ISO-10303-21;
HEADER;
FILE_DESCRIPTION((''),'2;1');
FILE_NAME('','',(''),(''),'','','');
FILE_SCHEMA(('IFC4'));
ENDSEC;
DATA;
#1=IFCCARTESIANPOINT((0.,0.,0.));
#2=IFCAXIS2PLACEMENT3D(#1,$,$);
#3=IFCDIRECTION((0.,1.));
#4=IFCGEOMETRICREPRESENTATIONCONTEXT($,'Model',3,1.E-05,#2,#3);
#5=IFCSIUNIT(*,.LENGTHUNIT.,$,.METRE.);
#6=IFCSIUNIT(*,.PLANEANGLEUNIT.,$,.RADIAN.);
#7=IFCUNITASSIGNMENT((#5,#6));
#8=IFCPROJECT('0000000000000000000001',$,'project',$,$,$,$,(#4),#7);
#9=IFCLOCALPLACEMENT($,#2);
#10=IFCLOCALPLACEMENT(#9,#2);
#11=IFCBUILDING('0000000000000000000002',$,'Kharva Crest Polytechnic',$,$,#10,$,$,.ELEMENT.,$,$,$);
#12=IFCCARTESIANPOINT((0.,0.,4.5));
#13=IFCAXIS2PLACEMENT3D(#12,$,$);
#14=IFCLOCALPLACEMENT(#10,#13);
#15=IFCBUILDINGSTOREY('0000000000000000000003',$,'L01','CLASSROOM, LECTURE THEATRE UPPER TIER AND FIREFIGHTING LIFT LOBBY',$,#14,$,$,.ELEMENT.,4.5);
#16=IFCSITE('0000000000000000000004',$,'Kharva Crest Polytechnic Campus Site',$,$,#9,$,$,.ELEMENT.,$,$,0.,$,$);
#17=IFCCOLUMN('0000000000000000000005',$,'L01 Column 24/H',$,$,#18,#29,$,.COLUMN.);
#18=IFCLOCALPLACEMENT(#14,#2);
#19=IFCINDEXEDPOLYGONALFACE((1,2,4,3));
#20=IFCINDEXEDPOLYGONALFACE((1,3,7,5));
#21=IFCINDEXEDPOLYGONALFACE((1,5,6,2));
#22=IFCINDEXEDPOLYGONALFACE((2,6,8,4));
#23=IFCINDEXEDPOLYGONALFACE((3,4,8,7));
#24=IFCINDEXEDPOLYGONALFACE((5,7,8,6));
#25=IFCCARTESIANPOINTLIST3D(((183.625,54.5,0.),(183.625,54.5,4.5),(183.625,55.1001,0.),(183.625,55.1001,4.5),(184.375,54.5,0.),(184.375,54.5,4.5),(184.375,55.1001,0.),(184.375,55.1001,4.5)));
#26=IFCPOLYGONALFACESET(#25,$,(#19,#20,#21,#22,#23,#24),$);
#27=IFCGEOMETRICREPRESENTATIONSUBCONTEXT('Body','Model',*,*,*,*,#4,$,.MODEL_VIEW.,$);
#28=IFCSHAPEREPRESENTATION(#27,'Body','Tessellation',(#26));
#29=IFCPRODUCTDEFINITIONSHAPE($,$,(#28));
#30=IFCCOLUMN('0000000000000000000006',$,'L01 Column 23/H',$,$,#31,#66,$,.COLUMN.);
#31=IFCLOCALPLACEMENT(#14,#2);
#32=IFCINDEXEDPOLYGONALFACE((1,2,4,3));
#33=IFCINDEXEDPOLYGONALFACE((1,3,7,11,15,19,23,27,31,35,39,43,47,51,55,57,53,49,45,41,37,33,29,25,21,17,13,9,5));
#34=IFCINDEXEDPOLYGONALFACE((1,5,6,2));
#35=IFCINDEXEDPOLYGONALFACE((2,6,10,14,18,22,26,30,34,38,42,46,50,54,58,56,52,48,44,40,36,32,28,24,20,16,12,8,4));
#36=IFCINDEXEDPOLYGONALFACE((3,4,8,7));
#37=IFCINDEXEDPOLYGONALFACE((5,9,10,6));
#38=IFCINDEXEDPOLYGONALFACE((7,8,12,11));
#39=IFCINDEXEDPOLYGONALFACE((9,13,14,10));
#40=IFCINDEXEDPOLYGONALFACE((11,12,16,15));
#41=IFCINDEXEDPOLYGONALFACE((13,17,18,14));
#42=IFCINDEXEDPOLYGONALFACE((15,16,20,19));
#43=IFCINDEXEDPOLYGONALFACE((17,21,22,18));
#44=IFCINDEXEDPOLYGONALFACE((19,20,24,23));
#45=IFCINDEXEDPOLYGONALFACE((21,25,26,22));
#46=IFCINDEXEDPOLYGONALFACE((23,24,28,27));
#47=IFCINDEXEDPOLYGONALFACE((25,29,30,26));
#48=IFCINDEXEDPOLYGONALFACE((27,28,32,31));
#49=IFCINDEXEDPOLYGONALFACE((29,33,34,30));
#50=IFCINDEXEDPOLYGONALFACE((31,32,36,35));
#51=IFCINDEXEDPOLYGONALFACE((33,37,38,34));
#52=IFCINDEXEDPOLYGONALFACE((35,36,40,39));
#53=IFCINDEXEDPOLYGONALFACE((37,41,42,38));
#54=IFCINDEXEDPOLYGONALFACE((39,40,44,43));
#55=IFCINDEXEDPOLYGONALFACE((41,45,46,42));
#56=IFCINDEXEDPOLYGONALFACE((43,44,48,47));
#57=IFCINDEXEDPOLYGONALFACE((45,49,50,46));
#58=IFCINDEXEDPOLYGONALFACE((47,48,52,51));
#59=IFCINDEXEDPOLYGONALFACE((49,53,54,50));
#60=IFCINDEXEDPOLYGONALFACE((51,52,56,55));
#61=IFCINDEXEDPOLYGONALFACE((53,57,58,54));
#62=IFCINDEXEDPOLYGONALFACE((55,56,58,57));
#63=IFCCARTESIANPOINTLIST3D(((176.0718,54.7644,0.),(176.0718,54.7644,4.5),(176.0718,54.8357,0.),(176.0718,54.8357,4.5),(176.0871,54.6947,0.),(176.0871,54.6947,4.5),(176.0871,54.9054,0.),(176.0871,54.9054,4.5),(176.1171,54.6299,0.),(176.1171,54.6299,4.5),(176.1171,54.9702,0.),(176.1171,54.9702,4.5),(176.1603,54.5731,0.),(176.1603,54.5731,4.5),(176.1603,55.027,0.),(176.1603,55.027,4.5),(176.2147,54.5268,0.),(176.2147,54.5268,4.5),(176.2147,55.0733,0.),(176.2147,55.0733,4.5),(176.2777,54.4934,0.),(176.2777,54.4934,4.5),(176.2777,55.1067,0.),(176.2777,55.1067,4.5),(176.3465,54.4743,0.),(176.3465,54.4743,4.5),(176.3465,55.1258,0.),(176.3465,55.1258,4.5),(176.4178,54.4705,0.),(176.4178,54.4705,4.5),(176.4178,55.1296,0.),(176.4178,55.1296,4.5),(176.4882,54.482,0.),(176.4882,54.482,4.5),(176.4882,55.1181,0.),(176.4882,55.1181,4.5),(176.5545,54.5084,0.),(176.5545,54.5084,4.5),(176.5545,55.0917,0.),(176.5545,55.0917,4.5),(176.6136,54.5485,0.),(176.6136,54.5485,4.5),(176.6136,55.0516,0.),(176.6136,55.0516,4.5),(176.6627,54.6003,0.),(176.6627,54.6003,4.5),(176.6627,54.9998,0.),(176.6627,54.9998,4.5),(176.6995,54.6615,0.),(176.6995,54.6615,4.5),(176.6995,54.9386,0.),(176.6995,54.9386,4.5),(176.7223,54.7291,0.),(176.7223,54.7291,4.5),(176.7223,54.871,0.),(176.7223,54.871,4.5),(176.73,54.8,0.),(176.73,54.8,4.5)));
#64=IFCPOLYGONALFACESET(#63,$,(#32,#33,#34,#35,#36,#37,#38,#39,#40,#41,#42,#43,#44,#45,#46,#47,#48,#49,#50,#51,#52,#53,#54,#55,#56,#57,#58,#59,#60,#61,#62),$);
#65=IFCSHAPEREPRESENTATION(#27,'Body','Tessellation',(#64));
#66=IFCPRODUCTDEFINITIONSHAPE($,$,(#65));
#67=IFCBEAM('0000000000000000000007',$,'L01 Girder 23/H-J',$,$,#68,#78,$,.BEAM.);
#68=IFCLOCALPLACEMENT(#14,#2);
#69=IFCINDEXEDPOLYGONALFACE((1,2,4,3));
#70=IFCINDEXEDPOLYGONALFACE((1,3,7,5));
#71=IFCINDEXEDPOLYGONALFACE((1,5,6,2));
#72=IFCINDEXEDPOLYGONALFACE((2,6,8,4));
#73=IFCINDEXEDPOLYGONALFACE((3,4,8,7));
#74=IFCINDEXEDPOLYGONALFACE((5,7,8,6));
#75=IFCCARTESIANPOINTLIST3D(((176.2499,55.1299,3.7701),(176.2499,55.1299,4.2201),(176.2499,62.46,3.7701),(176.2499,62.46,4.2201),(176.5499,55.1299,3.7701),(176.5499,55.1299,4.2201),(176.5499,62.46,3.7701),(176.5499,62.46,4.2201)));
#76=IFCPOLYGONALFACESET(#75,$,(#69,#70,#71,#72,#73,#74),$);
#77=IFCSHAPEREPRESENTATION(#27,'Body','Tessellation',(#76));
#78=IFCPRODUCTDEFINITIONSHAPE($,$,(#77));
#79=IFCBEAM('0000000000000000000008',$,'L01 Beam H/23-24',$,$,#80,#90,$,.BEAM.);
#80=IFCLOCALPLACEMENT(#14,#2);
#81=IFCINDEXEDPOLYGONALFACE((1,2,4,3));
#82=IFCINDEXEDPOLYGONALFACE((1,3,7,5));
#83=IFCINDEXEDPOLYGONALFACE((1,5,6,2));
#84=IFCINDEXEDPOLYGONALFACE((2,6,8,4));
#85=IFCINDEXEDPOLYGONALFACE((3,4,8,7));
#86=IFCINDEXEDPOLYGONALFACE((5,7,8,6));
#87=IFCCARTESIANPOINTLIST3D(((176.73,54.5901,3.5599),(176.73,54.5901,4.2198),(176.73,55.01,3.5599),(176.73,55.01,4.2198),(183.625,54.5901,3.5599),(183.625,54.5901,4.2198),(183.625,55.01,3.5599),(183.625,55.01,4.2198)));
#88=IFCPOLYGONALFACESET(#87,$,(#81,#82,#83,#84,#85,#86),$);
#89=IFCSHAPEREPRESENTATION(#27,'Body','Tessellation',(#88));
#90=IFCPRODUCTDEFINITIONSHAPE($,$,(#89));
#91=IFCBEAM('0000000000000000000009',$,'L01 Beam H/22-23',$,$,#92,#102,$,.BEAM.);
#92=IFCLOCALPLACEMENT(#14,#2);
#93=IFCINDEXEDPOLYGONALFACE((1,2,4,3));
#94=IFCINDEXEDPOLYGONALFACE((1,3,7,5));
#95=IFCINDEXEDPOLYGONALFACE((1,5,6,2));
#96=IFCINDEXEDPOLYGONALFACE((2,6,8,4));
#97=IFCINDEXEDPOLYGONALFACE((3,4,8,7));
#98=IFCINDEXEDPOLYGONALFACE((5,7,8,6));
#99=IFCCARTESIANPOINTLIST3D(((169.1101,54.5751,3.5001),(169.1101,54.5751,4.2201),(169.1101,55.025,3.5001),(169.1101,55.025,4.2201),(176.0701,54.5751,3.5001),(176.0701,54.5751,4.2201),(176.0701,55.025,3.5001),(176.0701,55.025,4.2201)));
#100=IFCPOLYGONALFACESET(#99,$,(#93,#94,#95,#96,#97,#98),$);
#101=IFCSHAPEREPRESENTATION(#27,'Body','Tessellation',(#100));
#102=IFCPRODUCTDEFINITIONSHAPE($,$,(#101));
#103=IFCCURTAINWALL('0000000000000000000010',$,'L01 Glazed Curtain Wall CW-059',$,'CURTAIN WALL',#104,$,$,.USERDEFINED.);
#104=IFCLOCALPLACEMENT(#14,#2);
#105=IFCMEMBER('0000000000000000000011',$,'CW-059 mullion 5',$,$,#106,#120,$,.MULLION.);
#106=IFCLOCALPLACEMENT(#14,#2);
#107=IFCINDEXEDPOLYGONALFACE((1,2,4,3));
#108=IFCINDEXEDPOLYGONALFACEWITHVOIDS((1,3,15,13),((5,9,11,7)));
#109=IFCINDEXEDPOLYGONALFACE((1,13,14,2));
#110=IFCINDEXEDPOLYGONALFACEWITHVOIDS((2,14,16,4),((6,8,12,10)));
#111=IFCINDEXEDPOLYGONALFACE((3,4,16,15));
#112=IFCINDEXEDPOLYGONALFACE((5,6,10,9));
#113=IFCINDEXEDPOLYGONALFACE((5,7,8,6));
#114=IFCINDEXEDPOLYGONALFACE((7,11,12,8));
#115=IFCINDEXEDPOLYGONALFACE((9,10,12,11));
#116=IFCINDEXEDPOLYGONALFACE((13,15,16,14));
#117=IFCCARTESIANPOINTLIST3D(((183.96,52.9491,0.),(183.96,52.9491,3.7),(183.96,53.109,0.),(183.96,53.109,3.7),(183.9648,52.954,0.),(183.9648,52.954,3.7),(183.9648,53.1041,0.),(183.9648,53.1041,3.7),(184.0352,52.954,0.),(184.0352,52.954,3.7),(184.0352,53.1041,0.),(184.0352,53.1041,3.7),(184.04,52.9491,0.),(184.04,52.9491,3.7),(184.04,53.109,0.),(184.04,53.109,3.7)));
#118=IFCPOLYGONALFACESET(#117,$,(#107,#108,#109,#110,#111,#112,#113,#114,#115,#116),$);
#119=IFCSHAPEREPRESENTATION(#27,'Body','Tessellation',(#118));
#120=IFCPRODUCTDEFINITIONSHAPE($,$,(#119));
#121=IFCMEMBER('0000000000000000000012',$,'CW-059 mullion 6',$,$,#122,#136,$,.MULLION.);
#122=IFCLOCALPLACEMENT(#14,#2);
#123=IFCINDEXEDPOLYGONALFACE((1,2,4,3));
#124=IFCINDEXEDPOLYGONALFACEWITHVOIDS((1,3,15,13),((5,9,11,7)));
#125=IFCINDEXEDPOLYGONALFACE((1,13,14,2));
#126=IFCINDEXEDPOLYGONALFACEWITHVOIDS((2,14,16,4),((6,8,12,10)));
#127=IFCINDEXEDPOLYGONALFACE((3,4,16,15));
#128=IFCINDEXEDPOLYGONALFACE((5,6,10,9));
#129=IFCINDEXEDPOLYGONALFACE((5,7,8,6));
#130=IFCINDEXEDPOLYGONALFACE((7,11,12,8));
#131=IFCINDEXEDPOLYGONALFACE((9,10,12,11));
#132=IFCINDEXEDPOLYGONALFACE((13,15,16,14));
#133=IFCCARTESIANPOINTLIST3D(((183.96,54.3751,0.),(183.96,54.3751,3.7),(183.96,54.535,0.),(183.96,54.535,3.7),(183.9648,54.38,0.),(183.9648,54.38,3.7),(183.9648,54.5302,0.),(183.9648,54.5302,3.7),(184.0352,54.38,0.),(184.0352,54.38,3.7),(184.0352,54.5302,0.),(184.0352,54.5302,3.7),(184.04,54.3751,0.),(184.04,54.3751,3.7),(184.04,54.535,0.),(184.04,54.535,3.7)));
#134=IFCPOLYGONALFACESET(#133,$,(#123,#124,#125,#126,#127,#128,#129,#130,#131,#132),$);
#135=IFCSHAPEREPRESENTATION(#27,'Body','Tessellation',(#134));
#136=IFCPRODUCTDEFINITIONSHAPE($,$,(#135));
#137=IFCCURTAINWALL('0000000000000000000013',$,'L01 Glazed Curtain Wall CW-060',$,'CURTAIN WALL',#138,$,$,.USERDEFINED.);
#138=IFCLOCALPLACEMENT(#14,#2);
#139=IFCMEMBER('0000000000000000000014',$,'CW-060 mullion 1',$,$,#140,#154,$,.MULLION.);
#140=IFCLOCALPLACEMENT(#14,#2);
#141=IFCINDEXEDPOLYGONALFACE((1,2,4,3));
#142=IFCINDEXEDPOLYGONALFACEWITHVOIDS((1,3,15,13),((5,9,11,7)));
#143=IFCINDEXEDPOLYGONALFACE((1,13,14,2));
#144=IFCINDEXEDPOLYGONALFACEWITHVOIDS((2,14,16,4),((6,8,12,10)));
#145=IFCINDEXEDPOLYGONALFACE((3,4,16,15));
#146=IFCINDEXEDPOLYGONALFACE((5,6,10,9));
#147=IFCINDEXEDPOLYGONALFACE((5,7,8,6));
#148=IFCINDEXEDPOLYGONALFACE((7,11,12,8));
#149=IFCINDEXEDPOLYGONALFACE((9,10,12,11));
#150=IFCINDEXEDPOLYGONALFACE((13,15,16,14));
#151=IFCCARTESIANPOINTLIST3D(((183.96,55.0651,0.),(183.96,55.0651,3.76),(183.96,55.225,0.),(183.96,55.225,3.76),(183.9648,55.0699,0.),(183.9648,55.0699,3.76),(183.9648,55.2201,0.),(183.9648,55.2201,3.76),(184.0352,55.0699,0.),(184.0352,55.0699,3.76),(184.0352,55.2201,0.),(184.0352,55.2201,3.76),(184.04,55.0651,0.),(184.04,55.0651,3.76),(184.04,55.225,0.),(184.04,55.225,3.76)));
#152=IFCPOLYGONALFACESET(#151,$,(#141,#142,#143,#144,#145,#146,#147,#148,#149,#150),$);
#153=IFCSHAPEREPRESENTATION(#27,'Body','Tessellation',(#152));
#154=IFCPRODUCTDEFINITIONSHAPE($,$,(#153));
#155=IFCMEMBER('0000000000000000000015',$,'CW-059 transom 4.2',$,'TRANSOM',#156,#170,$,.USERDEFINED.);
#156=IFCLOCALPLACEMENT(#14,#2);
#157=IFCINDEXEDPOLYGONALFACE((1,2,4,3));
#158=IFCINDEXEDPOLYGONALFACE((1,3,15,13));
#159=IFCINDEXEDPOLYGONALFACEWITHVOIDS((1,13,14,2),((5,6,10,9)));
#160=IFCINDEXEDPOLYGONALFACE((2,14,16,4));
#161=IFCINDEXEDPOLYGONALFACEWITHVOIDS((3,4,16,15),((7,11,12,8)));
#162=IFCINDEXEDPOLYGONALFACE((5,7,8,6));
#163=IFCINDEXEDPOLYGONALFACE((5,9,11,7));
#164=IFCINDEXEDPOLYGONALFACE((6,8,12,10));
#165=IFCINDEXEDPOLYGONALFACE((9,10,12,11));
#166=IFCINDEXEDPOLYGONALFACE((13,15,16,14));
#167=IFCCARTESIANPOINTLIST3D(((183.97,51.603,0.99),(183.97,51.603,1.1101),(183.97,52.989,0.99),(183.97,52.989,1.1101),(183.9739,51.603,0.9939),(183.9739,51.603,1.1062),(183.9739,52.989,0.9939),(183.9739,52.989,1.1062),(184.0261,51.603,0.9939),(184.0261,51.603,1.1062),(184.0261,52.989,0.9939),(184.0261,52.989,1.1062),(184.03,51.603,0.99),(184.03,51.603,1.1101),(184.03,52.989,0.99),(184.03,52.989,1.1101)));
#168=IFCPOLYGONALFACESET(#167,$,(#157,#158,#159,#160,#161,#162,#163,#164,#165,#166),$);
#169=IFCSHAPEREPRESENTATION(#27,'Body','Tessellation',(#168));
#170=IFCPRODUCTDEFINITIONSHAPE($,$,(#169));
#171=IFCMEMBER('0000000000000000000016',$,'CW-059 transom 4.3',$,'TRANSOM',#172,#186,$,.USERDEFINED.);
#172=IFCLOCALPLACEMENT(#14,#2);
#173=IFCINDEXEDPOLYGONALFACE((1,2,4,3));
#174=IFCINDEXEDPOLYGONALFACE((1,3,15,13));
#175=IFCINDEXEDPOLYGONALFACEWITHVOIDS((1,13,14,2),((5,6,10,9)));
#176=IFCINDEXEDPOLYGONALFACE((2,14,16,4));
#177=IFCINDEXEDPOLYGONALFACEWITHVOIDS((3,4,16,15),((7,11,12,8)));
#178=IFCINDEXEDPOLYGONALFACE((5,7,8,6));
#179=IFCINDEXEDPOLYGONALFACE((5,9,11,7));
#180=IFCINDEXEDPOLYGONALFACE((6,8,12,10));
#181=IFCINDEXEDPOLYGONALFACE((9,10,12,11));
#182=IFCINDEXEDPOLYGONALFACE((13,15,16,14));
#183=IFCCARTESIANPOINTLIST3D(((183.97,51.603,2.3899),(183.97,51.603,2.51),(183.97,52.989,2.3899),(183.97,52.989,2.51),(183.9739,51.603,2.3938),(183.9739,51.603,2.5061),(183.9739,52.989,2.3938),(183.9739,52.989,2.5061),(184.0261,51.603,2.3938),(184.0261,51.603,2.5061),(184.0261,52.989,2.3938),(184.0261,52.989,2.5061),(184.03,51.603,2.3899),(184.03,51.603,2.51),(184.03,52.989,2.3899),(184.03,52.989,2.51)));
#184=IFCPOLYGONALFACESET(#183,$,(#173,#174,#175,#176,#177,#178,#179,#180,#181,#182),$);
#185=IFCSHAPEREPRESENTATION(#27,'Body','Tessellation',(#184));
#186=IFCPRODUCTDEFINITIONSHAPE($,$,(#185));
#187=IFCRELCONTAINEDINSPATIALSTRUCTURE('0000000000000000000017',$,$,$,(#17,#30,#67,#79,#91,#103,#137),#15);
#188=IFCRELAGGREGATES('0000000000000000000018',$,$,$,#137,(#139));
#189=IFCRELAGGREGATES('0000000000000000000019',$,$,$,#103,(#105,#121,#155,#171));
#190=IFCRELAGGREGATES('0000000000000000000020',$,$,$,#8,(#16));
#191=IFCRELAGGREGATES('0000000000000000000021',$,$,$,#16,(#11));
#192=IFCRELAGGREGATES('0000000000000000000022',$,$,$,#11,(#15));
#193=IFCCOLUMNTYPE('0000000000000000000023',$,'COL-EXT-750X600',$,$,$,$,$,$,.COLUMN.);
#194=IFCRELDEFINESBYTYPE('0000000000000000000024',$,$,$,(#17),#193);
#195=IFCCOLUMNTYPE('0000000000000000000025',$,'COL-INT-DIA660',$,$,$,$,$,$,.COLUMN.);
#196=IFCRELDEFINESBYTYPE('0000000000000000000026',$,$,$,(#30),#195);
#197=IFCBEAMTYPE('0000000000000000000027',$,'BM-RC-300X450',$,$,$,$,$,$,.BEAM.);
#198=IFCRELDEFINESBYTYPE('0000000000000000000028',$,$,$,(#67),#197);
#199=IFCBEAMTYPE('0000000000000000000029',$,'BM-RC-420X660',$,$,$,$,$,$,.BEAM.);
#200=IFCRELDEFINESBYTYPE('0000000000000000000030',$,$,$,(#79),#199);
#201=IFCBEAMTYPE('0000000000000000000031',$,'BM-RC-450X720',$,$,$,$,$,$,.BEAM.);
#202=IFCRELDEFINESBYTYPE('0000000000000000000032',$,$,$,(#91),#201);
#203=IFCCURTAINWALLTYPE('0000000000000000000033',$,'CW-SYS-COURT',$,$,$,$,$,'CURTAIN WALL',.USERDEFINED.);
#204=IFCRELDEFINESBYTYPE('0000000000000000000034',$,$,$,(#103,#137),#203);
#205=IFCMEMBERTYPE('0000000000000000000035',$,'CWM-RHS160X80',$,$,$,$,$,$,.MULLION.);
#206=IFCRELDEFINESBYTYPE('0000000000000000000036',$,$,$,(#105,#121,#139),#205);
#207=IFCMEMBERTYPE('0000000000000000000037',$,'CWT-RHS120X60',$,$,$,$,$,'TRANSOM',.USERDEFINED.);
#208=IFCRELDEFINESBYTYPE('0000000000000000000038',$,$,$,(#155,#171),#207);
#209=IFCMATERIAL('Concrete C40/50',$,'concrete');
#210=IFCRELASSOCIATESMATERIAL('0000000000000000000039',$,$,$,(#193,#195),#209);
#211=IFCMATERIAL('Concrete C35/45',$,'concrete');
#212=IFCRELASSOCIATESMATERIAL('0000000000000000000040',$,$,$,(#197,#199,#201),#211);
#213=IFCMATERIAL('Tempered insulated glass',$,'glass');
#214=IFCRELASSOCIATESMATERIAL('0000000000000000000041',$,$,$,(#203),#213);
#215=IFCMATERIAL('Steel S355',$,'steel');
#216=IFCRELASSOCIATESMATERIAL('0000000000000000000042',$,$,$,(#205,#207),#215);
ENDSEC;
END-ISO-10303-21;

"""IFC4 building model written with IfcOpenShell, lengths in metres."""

from ifc_helpers import new_model, si_unit, direction, frame, origin, origin_2d, place, context, subcontext, project, spatial, rectangle, hollow_rectangle, circle, extrude, material, material_profile, profile_set, type_object, element, aggregate, save


model = new_model("IFC4")

# Units and contexts
model_context = context("Model", 3, precision=1e-05, world=origin(), true_north=direction((0.0, 1.0)))
body_context = subcontext(model_context, "Body", "Model", "MODEL_VIEW")
ifc_project = project(units=[si_unit("LENGTHUNIT", "METRE"), si_unit("PLANEANGLEUNIT", "RADIAN")], contexts=[model_context])

# Site, building, storey
site_placement = place(None, origin())
site = spatial("IfcSite", under=ifc_project, at=site_placement, Name="Kharva Crest Polytechnic Campus Site", CompositionType="ELEMENT", RefElevation=0.0)
building_placement = place(site_placement, origin())
building = spatial("IfcBuilding", under=site, at=building_placement, Name="Kharva Crest Polytechnic", CompositionType="ELEMENT")
storey_placement = place(building_placement, frame((0.0, 0.0, 4.5)))
storey = spatial("IfcBuildingStorey", under=building, at=storey_placement, Name="L01", Description="CLASSROOM, LECTURE THEATRE UPPER TIER AND FIREFIGHTING LIFT LOBBY", CompositionType="ELEMENT", Elevation=4.5)

# Columns
ifc_material_1 = material(Name="Concrete C40/50", Category="concrete")
ifc_material_profile_1 = material_profile(ifc_material_1, rectangle(XDim=0.75, YDim=0.6001, at=origin_2d()), Name="RECT 750 X 600")
ifc_profile_set_1 = profile_set([ifc_material_profile_1], Name="Concrete C40/50")
column_type_1 = type_object("IfcColumnType", Name="COL-EXT-750X600", PredefinedType="COLUMN", material=ifc_profile_set_1)
column_1_placement = place(storey_placement, frame((184.0, 54.8, 0.0), z_axis=(0.0, 0.0, 1.0), x_axis=(1.0, 0.0, 0.0)))
element("IfcColumn", 1, at=column_1_placement, inside=storey, type_object=column_type_1, Name="L01 Column 24/H", PredefinedType="COLUMN", context=body_context, shape_type="SweptSolid", body=[
    extrude(rectangle(XDim=0.75, YDim=0.6001, at=origin_2d()), origin(), (0.0, 0.0, 1.0), 4.5),
])
ifc_material_profile_2 = material_profile(ifc_material_1, circle(Radius=0.3301, at=origin_2d()), Name="DIA 660")
ifc_profile_set_2 = profile_set([ifc_material_profile_2], Name="Concrete C40/50")
column_type_2 = type_object("IfcColumnType", Name="COL-INT-DIA660", PredefinedType="COLUMN", material=ifc_profile_set_2)
column_2_placement = place(storey_placement, frame((176.3999, 54.8, 0.0), z_axis=(0.0, 0.0, 1.0), x_axis=(1.0, 0.0, 0.0)))
element("IfcColumn", 2, at=column_2_placement, inside=storey, type_object=column_type_2, Name="L01 Column 23/H", PredefinedType="COLUMN", context=body_context, shape_type="SweptSolid", body=[
    extrude(circle(Radius=0.3301, at=origin_2d()), origin(), (0.0, 0.0, 1.0), 4.5),
])

# Beams
ifc_material_2 = material(Name="Concrete C35/45", Category="concrete")
ifc_material_profile_3 = material_profile(ifc_material_2, rectangle(XDim=0.3, YDim=0.45, at=origin_2d()), Name="RECT 300 X 450")
ifc_profile_set_3 = profile_set([ifc_material_profile_3], Name="Concrete C35/45")
beam_type_1 = type_object("IfcBeamType", Name="BM-RC-300X450", PredefinedType="BEAM", material=ifc_profile_set_3)
beam_1_placement = place(storey_placement, frame((176.3999, 55.1299, 3.9951), z_axis=(0.0, 1.0, 0.0), x_axis=(-1.0, 0.0, 0.0)))
element("IfcBeam", 3, at=beam_1_placement, inside=storey, type_object=beam_type_1, Name="L01 Girder 23/H-J", PredefinedType="BEAM", context=body_context, shape_type="SweptSolid", body=[
    extrude(rectangle(XDim=0.3, YDim=0.45, at=origin_2d()), origin(), (0.0, 0.0, 1.0), 7.3301),
])
ifc_material_profile_4 = material_profile(ifc_material_2, rectangle(XDim=0.4199, YDim=0.6599, at=origin_2d()), Name="RECT 420 X 660")
ifc_profile_set_4 = profile_set([ifc_material_profile_4], Name="Concrete C35/45")
beam_type_2 = type_object("IfcBeamType", Name="BM-RC-420X660", PredefinedType="BEAM", material=ifc_profile_set_4)
beam_2_placement = place(storey_placement, frame((176.73, 54.8, 3.8899), z_axis=(1.0, 0.0, 0.0), x_axis=(0.0, 1.0, 0.0)))
element("IfcBeam", 4, at=beam_2_placement, inside=storey, type_object=beam_type_2, Name="L01 Beam H/23-24", PredefinedType="BEAM", context=body_context, shape_type="SweptSolid", body=[
    extrude(rectangle(XDim=0.4199, YDim=0.6599, at=origin_2d()), origin(), (0.0, 0.0, 1.0), 6.895),
])
ifc_material_profile_5 = material_profile(ifc_material_2, rectangle(XDim=0.45, YDim=0.72, at=origin_2d()), Name="RECT 450 X 720")
ifc_profile_set_5 = profile_set([ifc_material_profile_5], Name="Concrete C35/45")
beam_type_3 = type_object("IfcBeamType", Name="BM-RC-450X720", PredefinedType="BEAM", material=ifc_profile_set_5)
beam_3_placement = place(storey_placement, frame((169.1101, 54.8, 3.8601), z_axis=(1.0, 0.0, 0.0), x_axis=(0.0, 1.0, 0.0)))
element("IfcBeam", 5, at=beam_3_placement, inside=storey, type_object=beam_type_3, Name="L01 Beam H/22-23", PredefinedType="BEAM", context=body_context, shape_type="SweptSolid", body=[
    extrude(rectangle(XDim=0.45, YDim=0.72, at=origin_2d()), origin(), (0.0, 0.0, 1.0), 6.96),
])

# Curtain wall, members
ifc_material_3 = material(Name="Tempered insulated glass", Category="glass")
curtain_wall_type = type_object("IfcCurtainWallType", Name="CW-SYS-COURT", ElementType="CURTAIN WALL", PredefinedType="USERDEFINED", material=ifc_material_3)
curtain_wall_1_placement = place(storey_placement, origin())
curtain_wall_1 = element("IfcCurtainWall", 6, at=curtain_wall_1_placement, inside=storey, type_object=curtain_wall_type, Name="L01 Glazed Curtain Wall CW-059", ObjectType="CURTAIN WALL", PredefinedType="USERDEFINED")
ifc_material_4 = material(Name="Steel S355", Category="steel")
ifc_material_profile_6 = material_profile(ifc_material_4, hollow_rectangle(XDim=0.0801, YDim=0.1599, WallThickness=0.0049, at=origin_2d()), Name="RHS 160X80X5.0")
ifc_profile_set_6 = profile_set([ifc_material_profile_6], Name="Steel S355")
member_type_1 = type_object("IfcMemberType", Name="CWM-RHS160X80", PredefinedType="MULLION", material=ifc_profile_set_6)
member_1_placement = place(storey_placement, frame((184.0, 53.0291, 0.0), z_axis=(0.0, 0.0, 1.0), x_axis=(-1.0, 0.0, 0.0)))
member_1 = element("IfcMember", 7, at=member_1_placement, type_object=member_type_1, Name="CW-059 mullion 5", PredefinedType="MULLION", context=body_context, shape_type="SweptSolid", body=[
    extrude(hollow_rectangle(XDim=0.0801, YDim=0.1599, WallThickness=0.0049, at=origin_2d()), origin(), (0.0, 0.0, 1.0), 3.7),
])
member_2_placement = place(storey_placement, frame((184.0, 54.4551, 0.0), z_axis=(0.0, 0.0, 1.0), x_axis=(-1.0, 0.0, 0.0)))
member_2 = element("IfcMember", 8, at=member_2_placement, type_object=member_type_1, Name="CW-059 mullion 6", PredefinedType="MULLION", context=body_context, shape_type="SweptSolid", body=[
    extrude(hollow_rectangle(XDim=0.0801, YDim=0.1599, WallThickness=0.0049, at=origin_2d()), origin(), (0.0, 0.0, 1.0), 3.7),
])

# Curtain wall, member
curtain_wall_2_placement = place(storey_placement, origin())
curtain_wall_2 = element("IfcCurtainWall", 9, at=curtain_wall_2_placement, inside=storey, type_object=curtain_wall_type, Name="L01 Glazed Curtain Wall CW-060", ObjectType="CURTAIN WALL", PredefinedType="USERDEFINED")
member_3_placement = place(storey_placement, frame((184.0, 55.145, 0.0), z_axis=(0.0, 0.0, 1.0), x_axis=(-1.0, 0.0, 0.0)))
member_3 = element("IfcMember", 10, at=member_3_placement, type_object=member_type_1, Name="CW-060 mullion 1", PredefinedType="MULLION", context=body_context, shape_type="SweptSolid", body=[
    extrude(hollow_rectangle(XDim=0.0801, YDim=0.1599, WallThickness=0.0049, at=origin_2d()), origin(), (0.0, 0.0, 1.0), 3.76),
])

# Members
ifc_material_profile_7 = material_profile(ifc_material_4, hollow_rectangle(XDim=0.0601, YDim=0.1201, WallThickness=0.0039, at=origin_2d()), Name="RHS 120X60X4.0")
ifc_profile_set_7 = profile_set([ifc_material_profile_7], Name="Steel S355")
member_type_2 = type_object("IfcMemberType", Name="CWT-RHS120X60", ElementType="TRANSOM", PredefinedType="USERDEFINED", material=ifc_profile_set_7)
member_4_placement = place(storey_placement, frame((184.0, 51.603, 1.05), z_axis=(0.0, 1.0, 0.0), x_axis=(-1.0, 0.0, 0.0)))
member_4 = element("IfcMember", 11, at=member_4_placement, type_object=member_type_2, Name="CW-059 transom 4.2", ObjectType="TRANSOM", PredefinedType="USERDEFINED", context=body_context, shape_type="SweptSolid", body=[
    extrude(hollow_rectangle(XDim=0.0601, YDim=0.1201, WallThickness=0.0039, at=origin_2d()), origin(), (0.0, 0.0, 1.0), 1.386),
])
member_5_placement = place(storey_placement, frame((184.0, 51.603, 2.45), z_axis=(0.0, 1.0, 0.0), x_axis=(-1.0, 0.0, 0.0)))
member_5 = element("IfcMember", 12, at=member_5_placement, type_object=member_type_2, Name="CW-059 transom 4.3", ObjectType="TRANSOM", PredefinedType="USERDEFINED", context=body_context, shape_type="SweptSolid", body=[
    extrude(hollow_rectangle(XDim=0.0601, YDim=0.1201, WallThickness=0.0039, at=origin_2d()), origin(), (0.0, 0.0, 1.0), 1.386),
])
aggregate(curtain_wall_2, [member_3])

aggregate(curtain_wall_1, [member_1, member_2, member_4, member_5])

save(model, "model.ifc")
